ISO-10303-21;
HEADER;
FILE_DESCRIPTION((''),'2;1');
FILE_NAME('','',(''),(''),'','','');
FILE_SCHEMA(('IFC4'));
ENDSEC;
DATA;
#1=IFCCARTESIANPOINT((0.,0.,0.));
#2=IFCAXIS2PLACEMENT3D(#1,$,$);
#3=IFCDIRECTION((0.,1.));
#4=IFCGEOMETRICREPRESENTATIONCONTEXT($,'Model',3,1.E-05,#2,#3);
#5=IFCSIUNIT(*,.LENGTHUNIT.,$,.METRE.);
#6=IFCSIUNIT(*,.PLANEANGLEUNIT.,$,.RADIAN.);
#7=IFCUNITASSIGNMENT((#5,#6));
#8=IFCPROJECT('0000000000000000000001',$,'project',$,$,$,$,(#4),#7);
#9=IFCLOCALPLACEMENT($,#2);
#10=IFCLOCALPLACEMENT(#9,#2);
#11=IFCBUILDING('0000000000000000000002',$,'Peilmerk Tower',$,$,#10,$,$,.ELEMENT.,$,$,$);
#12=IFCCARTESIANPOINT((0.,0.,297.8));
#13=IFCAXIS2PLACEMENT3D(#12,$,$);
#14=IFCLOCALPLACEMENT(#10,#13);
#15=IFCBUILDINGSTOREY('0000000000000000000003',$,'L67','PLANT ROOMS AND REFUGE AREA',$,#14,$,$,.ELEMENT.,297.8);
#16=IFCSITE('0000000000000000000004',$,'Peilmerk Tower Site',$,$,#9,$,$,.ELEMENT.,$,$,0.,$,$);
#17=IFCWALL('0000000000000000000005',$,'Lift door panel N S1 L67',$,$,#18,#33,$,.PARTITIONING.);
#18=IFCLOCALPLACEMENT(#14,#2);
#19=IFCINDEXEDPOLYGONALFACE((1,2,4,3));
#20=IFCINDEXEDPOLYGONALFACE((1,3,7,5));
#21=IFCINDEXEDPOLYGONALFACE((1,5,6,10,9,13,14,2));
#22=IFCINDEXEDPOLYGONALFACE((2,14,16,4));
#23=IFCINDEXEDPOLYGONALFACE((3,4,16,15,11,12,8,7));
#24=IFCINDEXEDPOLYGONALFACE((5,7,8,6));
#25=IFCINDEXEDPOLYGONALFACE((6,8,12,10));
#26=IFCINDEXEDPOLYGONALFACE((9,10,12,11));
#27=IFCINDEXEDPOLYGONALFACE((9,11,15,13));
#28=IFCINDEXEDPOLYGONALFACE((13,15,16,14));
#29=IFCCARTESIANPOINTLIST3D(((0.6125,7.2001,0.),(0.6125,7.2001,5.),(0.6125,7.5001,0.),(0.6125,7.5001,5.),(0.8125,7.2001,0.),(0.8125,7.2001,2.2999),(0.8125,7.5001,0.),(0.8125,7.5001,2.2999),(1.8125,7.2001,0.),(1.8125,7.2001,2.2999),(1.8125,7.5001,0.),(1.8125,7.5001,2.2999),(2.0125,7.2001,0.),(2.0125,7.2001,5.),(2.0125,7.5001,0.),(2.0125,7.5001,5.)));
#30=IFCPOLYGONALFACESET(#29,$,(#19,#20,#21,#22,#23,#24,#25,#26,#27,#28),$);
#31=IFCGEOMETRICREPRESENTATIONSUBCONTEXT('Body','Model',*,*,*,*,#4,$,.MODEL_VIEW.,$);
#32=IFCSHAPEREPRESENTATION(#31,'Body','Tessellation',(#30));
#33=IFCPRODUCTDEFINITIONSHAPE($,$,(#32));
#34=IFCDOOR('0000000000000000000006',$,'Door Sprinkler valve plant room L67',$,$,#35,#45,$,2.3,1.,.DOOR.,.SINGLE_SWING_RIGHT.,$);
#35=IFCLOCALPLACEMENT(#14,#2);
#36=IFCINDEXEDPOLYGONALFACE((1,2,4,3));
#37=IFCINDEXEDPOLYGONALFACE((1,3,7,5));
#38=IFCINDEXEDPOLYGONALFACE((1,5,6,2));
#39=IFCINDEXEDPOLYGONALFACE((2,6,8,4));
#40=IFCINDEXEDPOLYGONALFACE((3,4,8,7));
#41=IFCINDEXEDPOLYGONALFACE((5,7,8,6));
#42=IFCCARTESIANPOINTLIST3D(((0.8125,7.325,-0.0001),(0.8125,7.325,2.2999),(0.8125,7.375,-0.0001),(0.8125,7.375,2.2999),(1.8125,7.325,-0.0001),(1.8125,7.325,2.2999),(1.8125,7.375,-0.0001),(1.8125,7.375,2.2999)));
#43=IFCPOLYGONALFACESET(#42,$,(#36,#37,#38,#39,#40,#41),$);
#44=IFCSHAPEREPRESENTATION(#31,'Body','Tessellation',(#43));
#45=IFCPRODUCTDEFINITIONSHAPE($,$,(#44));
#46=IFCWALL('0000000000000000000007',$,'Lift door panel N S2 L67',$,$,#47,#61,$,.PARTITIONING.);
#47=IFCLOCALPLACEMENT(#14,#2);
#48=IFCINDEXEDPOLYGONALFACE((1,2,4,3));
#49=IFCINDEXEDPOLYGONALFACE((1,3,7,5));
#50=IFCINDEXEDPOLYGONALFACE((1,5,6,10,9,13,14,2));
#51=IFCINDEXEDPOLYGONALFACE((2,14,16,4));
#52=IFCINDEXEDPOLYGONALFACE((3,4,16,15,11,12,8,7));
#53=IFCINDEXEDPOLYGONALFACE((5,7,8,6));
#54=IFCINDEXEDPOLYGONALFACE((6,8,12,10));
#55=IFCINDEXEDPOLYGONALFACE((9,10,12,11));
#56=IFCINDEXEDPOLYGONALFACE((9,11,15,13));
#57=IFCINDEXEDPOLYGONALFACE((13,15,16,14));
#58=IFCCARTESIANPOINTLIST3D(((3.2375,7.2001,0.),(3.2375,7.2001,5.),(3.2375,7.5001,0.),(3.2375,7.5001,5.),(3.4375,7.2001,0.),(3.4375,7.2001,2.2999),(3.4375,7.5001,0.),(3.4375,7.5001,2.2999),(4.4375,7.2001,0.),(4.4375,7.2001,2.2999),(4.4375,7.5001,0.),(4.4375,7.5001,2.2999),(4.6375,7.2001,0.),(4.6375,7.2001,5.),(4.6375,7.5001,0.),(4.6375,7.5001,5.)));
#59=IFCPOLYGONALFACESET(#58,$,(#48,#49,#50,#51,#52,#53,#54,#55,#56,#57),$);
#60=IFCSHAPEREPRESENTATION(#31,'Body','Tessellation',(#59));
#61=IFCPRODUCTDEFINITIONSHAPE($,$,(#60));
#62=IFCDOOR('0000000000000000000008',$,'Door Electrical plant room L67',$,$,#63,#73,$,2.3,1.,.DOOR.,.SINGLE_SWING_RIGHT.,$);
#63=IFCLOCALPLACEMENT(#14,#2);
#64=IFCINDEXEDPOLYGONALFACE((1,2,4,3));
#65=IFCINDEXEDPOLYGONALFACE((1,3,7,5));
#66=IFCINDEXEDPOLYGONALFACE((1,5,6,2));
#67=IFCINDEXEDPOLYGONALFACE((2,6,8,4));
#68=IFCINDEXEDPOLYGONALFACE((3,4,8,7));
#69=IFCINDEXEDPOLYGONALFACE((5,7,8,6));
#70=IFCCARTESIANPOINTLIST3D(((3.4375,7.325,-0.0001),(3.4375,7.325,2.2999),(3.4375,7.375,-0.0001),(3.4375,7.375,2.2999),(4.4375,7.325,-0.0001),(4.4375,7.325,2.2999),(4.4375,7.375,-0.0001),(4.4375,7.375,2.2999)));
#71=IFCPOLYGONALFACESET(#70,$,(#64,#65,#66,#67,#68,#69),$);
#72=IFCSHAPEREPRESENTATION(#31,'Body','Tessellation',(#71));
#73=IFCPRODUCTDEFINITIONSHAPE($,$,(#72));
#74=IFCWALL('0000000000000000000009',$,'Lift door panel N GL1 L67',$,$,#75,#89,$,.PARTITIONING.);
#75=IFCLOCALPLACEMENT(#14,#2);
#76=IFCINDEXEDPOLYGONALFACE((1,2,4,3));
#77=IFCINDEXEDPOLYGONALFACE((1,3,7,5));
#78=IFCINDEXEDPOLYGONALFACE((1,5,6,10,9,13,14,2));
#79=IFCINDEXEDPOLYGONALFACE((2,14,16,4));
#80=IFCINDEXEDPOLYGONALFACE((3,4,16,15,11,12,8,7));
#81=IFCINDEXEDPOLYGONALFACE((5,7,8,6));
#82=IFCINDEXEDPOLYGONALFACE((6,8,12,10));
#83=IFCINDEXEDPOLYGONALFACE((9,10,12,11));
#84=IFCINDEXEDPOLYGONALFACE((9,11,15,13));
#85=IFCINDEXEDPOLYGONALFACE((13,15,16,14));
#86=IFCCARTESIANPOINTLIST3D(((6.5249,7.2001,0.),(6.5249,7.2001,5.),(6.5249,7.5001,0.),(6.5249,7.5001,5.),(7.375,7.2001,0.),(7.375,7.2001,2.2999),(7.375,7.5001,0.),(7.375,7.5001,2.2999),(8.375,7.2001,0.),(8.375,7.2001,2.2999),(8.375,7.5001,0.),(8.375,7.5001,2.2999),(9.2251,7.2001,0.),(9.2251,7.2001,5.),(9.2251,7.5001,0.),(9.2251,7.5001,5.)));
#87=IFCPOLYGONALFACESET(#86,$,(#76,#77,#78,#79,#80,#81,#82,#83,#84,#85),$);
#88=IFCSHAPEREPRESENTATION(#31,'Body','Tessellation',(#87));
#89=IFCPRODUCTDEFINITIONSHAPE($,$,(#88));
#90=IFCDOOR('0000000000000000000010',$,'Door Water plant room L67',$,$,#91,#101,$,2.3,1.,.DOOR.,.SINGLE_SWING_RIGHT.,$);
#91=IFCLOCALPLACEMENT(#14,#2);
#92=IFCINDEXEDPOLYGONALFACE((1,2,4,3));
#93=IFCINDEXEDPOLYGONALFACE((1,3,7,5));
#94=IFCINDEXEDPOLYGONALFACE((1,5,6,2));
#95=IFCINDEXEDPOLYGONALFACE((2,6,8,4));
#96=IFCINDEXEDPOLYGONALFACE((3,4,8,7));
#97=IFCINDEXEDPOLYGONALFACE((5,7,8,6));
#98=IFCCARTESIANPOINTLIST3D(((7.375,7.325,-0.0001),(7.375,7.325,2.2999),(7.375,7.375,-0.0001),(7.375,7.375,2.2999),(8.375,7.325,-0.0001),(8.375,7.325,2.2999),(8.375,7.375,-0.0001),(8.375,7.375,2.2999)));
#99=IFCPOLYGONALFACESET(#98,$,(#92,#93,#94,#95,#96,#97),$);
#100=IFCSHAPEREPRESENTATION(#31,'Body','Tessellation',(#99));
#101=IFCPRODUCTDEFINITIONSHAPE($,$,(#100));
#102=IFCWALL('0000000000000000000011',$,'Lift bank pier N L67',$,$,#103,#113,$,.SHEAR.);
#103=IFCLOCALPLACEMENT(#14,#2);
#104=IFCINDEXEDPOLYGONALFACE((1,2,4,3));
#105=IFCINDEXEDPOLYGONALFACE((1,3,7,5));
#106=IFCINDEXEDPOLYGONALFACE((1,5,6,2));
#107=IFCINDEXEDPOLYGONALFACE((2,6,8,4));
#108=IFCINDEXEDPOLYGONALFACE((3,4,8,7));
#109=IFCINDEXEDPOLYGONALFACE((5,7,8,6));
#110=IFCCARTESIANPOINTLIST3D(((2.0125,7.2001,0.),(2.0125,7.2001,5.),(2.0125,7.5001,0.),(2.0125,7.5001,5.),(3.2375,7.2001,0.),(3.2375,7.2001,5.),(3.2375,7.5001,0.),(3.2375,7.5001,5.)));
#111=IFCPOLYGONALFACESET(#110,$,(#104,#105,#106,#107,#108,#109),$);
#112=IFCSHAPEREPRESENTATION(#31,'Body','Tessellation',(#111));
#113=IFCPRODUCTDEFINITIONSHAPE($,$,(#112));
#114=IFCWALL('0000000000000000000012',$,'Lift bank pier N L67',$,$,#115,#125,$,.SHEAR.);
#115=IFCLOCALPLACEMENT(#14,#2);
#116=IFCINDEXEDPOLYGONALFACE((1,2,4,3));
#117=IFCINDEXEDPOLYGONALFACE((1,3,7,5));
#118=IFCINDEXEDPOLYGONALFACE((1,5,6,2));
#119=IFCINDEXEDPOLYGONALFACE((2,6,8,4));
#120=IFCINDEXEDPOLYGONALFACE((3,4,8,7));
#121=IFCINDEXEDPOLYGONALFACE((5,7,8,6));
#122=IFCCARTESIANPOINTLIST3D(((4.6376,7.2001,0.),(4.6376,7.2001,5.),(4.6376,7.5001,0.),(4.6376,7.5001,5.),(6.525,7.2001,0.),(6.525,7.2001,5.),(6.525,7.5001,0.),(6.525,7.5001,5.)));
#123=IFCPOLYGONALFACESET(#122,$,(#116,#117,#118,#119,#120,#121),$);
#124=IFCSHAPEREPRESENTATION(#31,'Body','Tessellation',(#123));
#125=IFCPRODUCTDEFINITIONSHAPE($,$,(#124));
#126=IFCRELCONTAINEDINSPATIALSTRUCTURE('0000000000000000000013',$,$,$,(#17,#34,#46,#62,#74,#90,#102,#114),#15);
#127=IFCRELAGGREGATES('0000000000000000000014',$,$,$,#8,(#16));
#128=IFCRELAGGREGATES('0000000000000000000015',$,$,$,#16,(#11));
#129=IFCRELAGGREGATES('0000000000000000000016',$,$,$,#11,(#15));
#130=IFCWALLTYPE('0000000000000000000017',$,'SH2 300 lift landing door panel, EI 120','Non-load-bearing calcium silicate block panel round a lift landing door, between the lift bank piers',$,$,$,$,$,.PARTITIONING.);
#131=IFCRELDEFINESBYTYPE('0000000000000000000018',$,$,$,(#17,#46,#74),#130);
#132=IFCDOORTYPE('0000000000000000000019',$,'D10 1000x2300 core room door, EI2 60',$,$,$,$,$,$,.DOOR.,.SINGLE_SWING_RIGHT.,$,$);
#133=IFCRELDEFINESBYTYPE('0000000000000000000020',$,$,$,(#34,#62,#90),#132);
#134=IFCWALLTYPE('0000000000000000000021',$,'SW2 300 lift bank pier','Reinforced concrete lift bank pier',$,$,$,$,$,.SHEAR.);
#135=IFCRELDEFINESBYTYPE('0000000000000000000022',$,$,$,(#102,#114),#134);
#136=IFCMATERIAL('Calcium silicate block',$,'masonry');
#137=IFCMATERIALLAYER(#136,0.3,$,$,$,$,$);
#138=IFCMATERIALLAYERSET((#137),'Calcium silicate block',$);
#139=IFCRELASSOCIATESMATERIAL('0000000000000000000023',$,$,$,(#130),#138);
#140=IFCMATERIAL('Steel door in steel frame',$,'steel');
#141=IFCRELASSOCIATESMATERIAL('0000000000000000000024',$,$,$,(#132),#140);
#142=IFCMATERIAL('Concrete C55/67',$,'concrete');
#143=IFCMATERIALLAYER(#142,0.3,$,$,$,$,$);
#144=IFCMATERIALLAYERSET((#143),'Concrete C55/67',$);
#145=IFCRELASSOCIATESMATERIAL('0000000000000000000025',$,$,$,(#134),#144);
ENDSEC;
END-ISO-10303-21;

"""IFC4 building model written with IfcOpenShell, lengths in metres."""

from ifc_helpers import new_model, si_unit, direction, frame, frame_2d, origin, place, context, subcontext, project, spatial, rectangle, extrude, material, layer, layer_set, type_object, element, fill, save


model = new_model("IFC4")

# Units and contexts
model_context = context("Model", 3, precision=1e-05, world=origin(), true_north=direction((0.0, 1.0)))
body_context = subcontext(model_context, "Body", "Model", "MODEL_VIEW")
ifc_project = project(units=[si_unit("LENGTHUNIT", "METRE"), si_unit("PLANEANGLEUNIT", "RADIAN")], contexts=[model_context])

# Site, building, storey
site_placement = place(None, origin())
site = spatial("IfcSite", under=ifc_project, at=site_placement, Name="Peilmerk Tower Site", CompositionType="ELEMENT", RefElevation=0.0)
building_placement = place(site_placement, origin())
building = spatial("IfcBuilding", under=site, at=building_placement, Name="Peilmerk Tower", CompositionType="ELEMENT")
storey_placement = place(building_placement, frame((0.0, 0.0, 297.8)))
storey = spatial("IfcBuildingStorey", under=building, at=storey_placement, Name="L67", Description="PLANT ROOMS AND REFUGE AREA", CompositionType="ELEMENT", Elevation=297.8)

# Shared definitions
ifc_material_1 = material(Name="Steel door in steel frame", Category="steel")

# Shared definitions
ifc_material_2 = material(Name="Calcium silicate block", Category="masonry")

# Walls, openings, doors
ifc_layer_1 = layer(ifc_material_2, 0.3)
ifc_layer_set_1 = layer_set([ifc_layer_1], Name="Calcium silicate block")
wall_type_1 = type_object("IfcWallType", Name="SH2 300 lift landing door panel, EI 120", Description="Non-load-bearing calcium silicate block panel round a lift landing door, between the lift bank piers", PredefinedType="PARTITIONING", material=ifc_layer_set_1)
wall_1_placement = place(storey_placement, frame((0.6125, 7.3501, 0.0), z_axis=(0.0, 0.0, 1.0), x_axis=(1.0, 0.0, 0.0)))
wall_1 = element("IfcWall", 1, at=wall_1_placement, inside=storey, type_object=wall_type_1, Name="Lift door panel N S1 L67", PredefinedType="PARTITIONING", context=body_context, shape_type="SweptSolid", body=[
    extrude(rectangle(XDim=1.3999, YDim=0.3, at=frame_2d((0.7, 0.0))), origin(), (0.0, 0.0, 1.0), 5.0),
])
opening_1_placement = place(wall_1_placement, frame((0.2, 0.0, 0.0)))
opening_1 = element("IfcOpeningElement", 2, at=opening_1_placement, cuts=wall_1, PredefinedType="OPENING", context=body_context, shape_type="SweptSolid", body=[
    extrude(rectangle(XDim=1.0, YDim=2.3, at=frame_2d((0.5, 1.1499))), frame((0.0, 0.1599, 0.0), z_axis=(0.0, -1.0, 0.0), x_axis=(1.0, 0.0, 0.0)), (0.0, 0.0, 1.0), 0.3201),
])
door_type_1 = type_object("IfcDoorType", Name="D10 1000x2300 core room door, EI2 60", OperationType="SINGLE_SWING_RIGHT", PredefinedType="DOOR", material=ifc_material_1)
door_1_placement = place(opening_1_placement, origin())
door_1 = element("IfcDoor", 3, at=door_1_placement, inside=storey, type_object=door_type_1, Name="Door Sprinkler valve plant room L67", OperationType="SINGLE_SWING_RIGHT", OverallHeight=2.3, OverallWidth=1.0, PredefinedType="DOOR", context=body_context, shape_type="SweptSolid", body=[
    extrude(rectangle(XDim=1.0, YDim=2.3, at=frame_2d((0.5, 1.1499))), frame((0.0, 0.0249, 0.0), z_axis=(0.0, -1.0, 0.0), x_axis=(1.0, 0.0, 0.0)), (0.0, 0.0, 1.0), 0.05),
])
fill(opening_1, door_1)
wall_2_placement = place(storey_placement, frame((3.2375, 7.3501, 0.0), z_axis=(0.0, 0.0, 1.0), x_axis=(1.0, 0.0, 0.0)))
wall_2 = element("IfcWall", 4, at=wall_2_placement, inside=storey, type_object=wall_type_1, Name="Lift door panel N S2 L67", PredefinedType="PARTITIONING", context=body_context, shape_type="SweptSolid", body=[
    extrude(rectangle(XDim=1.3999, YDim=0.3, at=frame_2d((0.7, 0.0))), origin(), (0.0, 0.0, 1.0), 5.0),
])
opening_2_placement = place(wall_2_placement, frame((0.2, 0.0, 0.0)))
opening_2 = element("IfcOpeningElement", 5, at=opening_2_placement, cuts=wall_2, PredefinedType="OPENING", context=body_context, shape_type="SweptSolid", body=[
    extrude(rectangle(XDim=1.0, YDim=2.3, at=frame_2d((0.5, 1.1499))), frame((0.0, 0.1599, 0.0), z_axis=(0.0, -1.0, 0.0), x_axis=(1.0, 0.0, 0.0)), (0.0, 0.0, 1.0), 0.3201),
])
door_2_placement = place(opening_2_placement, origin())
door_2 = element("IfcDoor", 6, at=door_2_placement, inside=storey, type_object=door_type_1, Name="Door Electrical plant room L67", OperationType="SINGLE_SWING_RIGHT", OverallHeight=2.3, OverallWidth=1.0, PredefinedType="DOOR", context=body_context, shape_type="SweptSolid", body=[
    extrude(rectangle(XDim=1.0, YDim=2.3, at=frame_2d((0.5, 1.1499))), frame((0.0, 0.0249, 0.0), z_axis=(0.0, -1.0, 0.0), x_axis=(1.0, 0.0, 0.0)), (0.0, 0.0, 1.0), 0.05),
])
fill(opening_2, door_2)
wall_3_placement = place(storey_placement, frame((6.5249, 7.3501, 0.0), z_axis=(0.0, 0.0, 1.0), x_axis=(1.0, 0.0, 0.0)))
wall_3 = element("IfcWall", 7, at=wall_3_placement, inside=storey, type_object=wall_type_1, Name="Lift door panel N GL1 L67", PredefinedType="PARTITIONING", context=body_context, shape_type="SweptSolid", body=[
    extrude(rectangle(XDim=2.7002, YDim=0.3, at=frame_2d((1.3501, 0.0))), origin(), (0.0, 0.0, 1.0), 5.0),
])
opening_3_placement = place(wall_3_placement, frame((0.8501, 0.0, 0.0)))
opening_3 = element("IfcOpeningElement", 8, at=opening_3_placement, cuts=wall_3, PredefinedType="OPENING", context=body_context, shape_type="SweptSolid", body=[
    extrude(rectangle(XDim=1.0, YDim=2.3, at=frame_2d((0.5, 1.1499))), frame((0.0, 0.1599, 0.0), z_axis=(0.0, -1.0, 0.0), x_axis=(1.0, 0.0, 0.0)), (0.0, 0.0, 1.0), 0.3201),
])
door_3_placement = place(opening_3_placement, origin())
door_3 = element("IfcDoor", 9, at=door_3_placement, inside=storey, type_object=door_type_1, Name="Door Water plant room L67", OperationType="SINGLE_SWING_RIGHT", OverallHeight=2.3, OverallWidth=1.0, PredefinedType="DOOR", context=body_context, shape_type="SweptSolid", body=[
    extrude(rectangle(XDim=1.0, YDim=2.3, at=frame_2d((0.5, 1.1499))), frame((0.0, 0.0249, 0.0), z_axis=(0.0, -1.0, 0.0), x_axis=(1.0, 0.0, 0.0)), (0.0, 0.0, 1.0), 0.05),
])
fill(opening_3, door_3)

# Walls
ifc_material_3 = material(Name="Concrete C55/67", Category="concrete")
ifc_layer_2 = layer(ifc_material_3, 0.3)
ifc_layer_set_2 = layer_set([ifc_layer_2], Name="Concrete C55/67")
wall_type_2 = type_object("IfcWallType", Name="SW2 300 lift bank pier", Description="Reinforced concrete lift bank pier", PredefinedType="SHEAR", material=ifc_layer_set_2)
wall_4_placement = place(storey_placement, frame((2.0125, 7.3501, 0.0), z_axis=(0.0, 0.0, 1.0), x_axis=(1.0, 0.0, 0.0)))
element("IfcWall", 10, at=wall_4_placement, inside=storey, type_object=wall_type_2, Name="Lift bank pier N L67", PredefinedType="SHEAR", context=body_context, shape_type="SweptSolid", body=[
    extrude(rectangle(XDim=1.2251, YDim=0.3, at=frame_2d((0.6125, 0.0))), origin(), (0.0, 0.0, 1.0), 5.0),
])
wall_5_placement = place(storey_placement, frame((4.6375, 7.3501, 0.0), z_axis=(0.0, 0.0, 1.0), x_axis=(1.0, 0.0, 0.0)))
element("IfcWall", 11, at=wall_5_placement, inside=storey, type_object=wall_type_2, Name="Lift bank pier N L67", PredefinedType="SHEAR", context=body_context, shape_type="SweptSolid", body=[
    extrude(rectangle(XDim=1.8875, YDim=0.3, at=frame_2d((0.9438, 0.0))), origin(), (0.0, 0.0, 1.0), 5.0),
])

save(model, "model.ifc")
